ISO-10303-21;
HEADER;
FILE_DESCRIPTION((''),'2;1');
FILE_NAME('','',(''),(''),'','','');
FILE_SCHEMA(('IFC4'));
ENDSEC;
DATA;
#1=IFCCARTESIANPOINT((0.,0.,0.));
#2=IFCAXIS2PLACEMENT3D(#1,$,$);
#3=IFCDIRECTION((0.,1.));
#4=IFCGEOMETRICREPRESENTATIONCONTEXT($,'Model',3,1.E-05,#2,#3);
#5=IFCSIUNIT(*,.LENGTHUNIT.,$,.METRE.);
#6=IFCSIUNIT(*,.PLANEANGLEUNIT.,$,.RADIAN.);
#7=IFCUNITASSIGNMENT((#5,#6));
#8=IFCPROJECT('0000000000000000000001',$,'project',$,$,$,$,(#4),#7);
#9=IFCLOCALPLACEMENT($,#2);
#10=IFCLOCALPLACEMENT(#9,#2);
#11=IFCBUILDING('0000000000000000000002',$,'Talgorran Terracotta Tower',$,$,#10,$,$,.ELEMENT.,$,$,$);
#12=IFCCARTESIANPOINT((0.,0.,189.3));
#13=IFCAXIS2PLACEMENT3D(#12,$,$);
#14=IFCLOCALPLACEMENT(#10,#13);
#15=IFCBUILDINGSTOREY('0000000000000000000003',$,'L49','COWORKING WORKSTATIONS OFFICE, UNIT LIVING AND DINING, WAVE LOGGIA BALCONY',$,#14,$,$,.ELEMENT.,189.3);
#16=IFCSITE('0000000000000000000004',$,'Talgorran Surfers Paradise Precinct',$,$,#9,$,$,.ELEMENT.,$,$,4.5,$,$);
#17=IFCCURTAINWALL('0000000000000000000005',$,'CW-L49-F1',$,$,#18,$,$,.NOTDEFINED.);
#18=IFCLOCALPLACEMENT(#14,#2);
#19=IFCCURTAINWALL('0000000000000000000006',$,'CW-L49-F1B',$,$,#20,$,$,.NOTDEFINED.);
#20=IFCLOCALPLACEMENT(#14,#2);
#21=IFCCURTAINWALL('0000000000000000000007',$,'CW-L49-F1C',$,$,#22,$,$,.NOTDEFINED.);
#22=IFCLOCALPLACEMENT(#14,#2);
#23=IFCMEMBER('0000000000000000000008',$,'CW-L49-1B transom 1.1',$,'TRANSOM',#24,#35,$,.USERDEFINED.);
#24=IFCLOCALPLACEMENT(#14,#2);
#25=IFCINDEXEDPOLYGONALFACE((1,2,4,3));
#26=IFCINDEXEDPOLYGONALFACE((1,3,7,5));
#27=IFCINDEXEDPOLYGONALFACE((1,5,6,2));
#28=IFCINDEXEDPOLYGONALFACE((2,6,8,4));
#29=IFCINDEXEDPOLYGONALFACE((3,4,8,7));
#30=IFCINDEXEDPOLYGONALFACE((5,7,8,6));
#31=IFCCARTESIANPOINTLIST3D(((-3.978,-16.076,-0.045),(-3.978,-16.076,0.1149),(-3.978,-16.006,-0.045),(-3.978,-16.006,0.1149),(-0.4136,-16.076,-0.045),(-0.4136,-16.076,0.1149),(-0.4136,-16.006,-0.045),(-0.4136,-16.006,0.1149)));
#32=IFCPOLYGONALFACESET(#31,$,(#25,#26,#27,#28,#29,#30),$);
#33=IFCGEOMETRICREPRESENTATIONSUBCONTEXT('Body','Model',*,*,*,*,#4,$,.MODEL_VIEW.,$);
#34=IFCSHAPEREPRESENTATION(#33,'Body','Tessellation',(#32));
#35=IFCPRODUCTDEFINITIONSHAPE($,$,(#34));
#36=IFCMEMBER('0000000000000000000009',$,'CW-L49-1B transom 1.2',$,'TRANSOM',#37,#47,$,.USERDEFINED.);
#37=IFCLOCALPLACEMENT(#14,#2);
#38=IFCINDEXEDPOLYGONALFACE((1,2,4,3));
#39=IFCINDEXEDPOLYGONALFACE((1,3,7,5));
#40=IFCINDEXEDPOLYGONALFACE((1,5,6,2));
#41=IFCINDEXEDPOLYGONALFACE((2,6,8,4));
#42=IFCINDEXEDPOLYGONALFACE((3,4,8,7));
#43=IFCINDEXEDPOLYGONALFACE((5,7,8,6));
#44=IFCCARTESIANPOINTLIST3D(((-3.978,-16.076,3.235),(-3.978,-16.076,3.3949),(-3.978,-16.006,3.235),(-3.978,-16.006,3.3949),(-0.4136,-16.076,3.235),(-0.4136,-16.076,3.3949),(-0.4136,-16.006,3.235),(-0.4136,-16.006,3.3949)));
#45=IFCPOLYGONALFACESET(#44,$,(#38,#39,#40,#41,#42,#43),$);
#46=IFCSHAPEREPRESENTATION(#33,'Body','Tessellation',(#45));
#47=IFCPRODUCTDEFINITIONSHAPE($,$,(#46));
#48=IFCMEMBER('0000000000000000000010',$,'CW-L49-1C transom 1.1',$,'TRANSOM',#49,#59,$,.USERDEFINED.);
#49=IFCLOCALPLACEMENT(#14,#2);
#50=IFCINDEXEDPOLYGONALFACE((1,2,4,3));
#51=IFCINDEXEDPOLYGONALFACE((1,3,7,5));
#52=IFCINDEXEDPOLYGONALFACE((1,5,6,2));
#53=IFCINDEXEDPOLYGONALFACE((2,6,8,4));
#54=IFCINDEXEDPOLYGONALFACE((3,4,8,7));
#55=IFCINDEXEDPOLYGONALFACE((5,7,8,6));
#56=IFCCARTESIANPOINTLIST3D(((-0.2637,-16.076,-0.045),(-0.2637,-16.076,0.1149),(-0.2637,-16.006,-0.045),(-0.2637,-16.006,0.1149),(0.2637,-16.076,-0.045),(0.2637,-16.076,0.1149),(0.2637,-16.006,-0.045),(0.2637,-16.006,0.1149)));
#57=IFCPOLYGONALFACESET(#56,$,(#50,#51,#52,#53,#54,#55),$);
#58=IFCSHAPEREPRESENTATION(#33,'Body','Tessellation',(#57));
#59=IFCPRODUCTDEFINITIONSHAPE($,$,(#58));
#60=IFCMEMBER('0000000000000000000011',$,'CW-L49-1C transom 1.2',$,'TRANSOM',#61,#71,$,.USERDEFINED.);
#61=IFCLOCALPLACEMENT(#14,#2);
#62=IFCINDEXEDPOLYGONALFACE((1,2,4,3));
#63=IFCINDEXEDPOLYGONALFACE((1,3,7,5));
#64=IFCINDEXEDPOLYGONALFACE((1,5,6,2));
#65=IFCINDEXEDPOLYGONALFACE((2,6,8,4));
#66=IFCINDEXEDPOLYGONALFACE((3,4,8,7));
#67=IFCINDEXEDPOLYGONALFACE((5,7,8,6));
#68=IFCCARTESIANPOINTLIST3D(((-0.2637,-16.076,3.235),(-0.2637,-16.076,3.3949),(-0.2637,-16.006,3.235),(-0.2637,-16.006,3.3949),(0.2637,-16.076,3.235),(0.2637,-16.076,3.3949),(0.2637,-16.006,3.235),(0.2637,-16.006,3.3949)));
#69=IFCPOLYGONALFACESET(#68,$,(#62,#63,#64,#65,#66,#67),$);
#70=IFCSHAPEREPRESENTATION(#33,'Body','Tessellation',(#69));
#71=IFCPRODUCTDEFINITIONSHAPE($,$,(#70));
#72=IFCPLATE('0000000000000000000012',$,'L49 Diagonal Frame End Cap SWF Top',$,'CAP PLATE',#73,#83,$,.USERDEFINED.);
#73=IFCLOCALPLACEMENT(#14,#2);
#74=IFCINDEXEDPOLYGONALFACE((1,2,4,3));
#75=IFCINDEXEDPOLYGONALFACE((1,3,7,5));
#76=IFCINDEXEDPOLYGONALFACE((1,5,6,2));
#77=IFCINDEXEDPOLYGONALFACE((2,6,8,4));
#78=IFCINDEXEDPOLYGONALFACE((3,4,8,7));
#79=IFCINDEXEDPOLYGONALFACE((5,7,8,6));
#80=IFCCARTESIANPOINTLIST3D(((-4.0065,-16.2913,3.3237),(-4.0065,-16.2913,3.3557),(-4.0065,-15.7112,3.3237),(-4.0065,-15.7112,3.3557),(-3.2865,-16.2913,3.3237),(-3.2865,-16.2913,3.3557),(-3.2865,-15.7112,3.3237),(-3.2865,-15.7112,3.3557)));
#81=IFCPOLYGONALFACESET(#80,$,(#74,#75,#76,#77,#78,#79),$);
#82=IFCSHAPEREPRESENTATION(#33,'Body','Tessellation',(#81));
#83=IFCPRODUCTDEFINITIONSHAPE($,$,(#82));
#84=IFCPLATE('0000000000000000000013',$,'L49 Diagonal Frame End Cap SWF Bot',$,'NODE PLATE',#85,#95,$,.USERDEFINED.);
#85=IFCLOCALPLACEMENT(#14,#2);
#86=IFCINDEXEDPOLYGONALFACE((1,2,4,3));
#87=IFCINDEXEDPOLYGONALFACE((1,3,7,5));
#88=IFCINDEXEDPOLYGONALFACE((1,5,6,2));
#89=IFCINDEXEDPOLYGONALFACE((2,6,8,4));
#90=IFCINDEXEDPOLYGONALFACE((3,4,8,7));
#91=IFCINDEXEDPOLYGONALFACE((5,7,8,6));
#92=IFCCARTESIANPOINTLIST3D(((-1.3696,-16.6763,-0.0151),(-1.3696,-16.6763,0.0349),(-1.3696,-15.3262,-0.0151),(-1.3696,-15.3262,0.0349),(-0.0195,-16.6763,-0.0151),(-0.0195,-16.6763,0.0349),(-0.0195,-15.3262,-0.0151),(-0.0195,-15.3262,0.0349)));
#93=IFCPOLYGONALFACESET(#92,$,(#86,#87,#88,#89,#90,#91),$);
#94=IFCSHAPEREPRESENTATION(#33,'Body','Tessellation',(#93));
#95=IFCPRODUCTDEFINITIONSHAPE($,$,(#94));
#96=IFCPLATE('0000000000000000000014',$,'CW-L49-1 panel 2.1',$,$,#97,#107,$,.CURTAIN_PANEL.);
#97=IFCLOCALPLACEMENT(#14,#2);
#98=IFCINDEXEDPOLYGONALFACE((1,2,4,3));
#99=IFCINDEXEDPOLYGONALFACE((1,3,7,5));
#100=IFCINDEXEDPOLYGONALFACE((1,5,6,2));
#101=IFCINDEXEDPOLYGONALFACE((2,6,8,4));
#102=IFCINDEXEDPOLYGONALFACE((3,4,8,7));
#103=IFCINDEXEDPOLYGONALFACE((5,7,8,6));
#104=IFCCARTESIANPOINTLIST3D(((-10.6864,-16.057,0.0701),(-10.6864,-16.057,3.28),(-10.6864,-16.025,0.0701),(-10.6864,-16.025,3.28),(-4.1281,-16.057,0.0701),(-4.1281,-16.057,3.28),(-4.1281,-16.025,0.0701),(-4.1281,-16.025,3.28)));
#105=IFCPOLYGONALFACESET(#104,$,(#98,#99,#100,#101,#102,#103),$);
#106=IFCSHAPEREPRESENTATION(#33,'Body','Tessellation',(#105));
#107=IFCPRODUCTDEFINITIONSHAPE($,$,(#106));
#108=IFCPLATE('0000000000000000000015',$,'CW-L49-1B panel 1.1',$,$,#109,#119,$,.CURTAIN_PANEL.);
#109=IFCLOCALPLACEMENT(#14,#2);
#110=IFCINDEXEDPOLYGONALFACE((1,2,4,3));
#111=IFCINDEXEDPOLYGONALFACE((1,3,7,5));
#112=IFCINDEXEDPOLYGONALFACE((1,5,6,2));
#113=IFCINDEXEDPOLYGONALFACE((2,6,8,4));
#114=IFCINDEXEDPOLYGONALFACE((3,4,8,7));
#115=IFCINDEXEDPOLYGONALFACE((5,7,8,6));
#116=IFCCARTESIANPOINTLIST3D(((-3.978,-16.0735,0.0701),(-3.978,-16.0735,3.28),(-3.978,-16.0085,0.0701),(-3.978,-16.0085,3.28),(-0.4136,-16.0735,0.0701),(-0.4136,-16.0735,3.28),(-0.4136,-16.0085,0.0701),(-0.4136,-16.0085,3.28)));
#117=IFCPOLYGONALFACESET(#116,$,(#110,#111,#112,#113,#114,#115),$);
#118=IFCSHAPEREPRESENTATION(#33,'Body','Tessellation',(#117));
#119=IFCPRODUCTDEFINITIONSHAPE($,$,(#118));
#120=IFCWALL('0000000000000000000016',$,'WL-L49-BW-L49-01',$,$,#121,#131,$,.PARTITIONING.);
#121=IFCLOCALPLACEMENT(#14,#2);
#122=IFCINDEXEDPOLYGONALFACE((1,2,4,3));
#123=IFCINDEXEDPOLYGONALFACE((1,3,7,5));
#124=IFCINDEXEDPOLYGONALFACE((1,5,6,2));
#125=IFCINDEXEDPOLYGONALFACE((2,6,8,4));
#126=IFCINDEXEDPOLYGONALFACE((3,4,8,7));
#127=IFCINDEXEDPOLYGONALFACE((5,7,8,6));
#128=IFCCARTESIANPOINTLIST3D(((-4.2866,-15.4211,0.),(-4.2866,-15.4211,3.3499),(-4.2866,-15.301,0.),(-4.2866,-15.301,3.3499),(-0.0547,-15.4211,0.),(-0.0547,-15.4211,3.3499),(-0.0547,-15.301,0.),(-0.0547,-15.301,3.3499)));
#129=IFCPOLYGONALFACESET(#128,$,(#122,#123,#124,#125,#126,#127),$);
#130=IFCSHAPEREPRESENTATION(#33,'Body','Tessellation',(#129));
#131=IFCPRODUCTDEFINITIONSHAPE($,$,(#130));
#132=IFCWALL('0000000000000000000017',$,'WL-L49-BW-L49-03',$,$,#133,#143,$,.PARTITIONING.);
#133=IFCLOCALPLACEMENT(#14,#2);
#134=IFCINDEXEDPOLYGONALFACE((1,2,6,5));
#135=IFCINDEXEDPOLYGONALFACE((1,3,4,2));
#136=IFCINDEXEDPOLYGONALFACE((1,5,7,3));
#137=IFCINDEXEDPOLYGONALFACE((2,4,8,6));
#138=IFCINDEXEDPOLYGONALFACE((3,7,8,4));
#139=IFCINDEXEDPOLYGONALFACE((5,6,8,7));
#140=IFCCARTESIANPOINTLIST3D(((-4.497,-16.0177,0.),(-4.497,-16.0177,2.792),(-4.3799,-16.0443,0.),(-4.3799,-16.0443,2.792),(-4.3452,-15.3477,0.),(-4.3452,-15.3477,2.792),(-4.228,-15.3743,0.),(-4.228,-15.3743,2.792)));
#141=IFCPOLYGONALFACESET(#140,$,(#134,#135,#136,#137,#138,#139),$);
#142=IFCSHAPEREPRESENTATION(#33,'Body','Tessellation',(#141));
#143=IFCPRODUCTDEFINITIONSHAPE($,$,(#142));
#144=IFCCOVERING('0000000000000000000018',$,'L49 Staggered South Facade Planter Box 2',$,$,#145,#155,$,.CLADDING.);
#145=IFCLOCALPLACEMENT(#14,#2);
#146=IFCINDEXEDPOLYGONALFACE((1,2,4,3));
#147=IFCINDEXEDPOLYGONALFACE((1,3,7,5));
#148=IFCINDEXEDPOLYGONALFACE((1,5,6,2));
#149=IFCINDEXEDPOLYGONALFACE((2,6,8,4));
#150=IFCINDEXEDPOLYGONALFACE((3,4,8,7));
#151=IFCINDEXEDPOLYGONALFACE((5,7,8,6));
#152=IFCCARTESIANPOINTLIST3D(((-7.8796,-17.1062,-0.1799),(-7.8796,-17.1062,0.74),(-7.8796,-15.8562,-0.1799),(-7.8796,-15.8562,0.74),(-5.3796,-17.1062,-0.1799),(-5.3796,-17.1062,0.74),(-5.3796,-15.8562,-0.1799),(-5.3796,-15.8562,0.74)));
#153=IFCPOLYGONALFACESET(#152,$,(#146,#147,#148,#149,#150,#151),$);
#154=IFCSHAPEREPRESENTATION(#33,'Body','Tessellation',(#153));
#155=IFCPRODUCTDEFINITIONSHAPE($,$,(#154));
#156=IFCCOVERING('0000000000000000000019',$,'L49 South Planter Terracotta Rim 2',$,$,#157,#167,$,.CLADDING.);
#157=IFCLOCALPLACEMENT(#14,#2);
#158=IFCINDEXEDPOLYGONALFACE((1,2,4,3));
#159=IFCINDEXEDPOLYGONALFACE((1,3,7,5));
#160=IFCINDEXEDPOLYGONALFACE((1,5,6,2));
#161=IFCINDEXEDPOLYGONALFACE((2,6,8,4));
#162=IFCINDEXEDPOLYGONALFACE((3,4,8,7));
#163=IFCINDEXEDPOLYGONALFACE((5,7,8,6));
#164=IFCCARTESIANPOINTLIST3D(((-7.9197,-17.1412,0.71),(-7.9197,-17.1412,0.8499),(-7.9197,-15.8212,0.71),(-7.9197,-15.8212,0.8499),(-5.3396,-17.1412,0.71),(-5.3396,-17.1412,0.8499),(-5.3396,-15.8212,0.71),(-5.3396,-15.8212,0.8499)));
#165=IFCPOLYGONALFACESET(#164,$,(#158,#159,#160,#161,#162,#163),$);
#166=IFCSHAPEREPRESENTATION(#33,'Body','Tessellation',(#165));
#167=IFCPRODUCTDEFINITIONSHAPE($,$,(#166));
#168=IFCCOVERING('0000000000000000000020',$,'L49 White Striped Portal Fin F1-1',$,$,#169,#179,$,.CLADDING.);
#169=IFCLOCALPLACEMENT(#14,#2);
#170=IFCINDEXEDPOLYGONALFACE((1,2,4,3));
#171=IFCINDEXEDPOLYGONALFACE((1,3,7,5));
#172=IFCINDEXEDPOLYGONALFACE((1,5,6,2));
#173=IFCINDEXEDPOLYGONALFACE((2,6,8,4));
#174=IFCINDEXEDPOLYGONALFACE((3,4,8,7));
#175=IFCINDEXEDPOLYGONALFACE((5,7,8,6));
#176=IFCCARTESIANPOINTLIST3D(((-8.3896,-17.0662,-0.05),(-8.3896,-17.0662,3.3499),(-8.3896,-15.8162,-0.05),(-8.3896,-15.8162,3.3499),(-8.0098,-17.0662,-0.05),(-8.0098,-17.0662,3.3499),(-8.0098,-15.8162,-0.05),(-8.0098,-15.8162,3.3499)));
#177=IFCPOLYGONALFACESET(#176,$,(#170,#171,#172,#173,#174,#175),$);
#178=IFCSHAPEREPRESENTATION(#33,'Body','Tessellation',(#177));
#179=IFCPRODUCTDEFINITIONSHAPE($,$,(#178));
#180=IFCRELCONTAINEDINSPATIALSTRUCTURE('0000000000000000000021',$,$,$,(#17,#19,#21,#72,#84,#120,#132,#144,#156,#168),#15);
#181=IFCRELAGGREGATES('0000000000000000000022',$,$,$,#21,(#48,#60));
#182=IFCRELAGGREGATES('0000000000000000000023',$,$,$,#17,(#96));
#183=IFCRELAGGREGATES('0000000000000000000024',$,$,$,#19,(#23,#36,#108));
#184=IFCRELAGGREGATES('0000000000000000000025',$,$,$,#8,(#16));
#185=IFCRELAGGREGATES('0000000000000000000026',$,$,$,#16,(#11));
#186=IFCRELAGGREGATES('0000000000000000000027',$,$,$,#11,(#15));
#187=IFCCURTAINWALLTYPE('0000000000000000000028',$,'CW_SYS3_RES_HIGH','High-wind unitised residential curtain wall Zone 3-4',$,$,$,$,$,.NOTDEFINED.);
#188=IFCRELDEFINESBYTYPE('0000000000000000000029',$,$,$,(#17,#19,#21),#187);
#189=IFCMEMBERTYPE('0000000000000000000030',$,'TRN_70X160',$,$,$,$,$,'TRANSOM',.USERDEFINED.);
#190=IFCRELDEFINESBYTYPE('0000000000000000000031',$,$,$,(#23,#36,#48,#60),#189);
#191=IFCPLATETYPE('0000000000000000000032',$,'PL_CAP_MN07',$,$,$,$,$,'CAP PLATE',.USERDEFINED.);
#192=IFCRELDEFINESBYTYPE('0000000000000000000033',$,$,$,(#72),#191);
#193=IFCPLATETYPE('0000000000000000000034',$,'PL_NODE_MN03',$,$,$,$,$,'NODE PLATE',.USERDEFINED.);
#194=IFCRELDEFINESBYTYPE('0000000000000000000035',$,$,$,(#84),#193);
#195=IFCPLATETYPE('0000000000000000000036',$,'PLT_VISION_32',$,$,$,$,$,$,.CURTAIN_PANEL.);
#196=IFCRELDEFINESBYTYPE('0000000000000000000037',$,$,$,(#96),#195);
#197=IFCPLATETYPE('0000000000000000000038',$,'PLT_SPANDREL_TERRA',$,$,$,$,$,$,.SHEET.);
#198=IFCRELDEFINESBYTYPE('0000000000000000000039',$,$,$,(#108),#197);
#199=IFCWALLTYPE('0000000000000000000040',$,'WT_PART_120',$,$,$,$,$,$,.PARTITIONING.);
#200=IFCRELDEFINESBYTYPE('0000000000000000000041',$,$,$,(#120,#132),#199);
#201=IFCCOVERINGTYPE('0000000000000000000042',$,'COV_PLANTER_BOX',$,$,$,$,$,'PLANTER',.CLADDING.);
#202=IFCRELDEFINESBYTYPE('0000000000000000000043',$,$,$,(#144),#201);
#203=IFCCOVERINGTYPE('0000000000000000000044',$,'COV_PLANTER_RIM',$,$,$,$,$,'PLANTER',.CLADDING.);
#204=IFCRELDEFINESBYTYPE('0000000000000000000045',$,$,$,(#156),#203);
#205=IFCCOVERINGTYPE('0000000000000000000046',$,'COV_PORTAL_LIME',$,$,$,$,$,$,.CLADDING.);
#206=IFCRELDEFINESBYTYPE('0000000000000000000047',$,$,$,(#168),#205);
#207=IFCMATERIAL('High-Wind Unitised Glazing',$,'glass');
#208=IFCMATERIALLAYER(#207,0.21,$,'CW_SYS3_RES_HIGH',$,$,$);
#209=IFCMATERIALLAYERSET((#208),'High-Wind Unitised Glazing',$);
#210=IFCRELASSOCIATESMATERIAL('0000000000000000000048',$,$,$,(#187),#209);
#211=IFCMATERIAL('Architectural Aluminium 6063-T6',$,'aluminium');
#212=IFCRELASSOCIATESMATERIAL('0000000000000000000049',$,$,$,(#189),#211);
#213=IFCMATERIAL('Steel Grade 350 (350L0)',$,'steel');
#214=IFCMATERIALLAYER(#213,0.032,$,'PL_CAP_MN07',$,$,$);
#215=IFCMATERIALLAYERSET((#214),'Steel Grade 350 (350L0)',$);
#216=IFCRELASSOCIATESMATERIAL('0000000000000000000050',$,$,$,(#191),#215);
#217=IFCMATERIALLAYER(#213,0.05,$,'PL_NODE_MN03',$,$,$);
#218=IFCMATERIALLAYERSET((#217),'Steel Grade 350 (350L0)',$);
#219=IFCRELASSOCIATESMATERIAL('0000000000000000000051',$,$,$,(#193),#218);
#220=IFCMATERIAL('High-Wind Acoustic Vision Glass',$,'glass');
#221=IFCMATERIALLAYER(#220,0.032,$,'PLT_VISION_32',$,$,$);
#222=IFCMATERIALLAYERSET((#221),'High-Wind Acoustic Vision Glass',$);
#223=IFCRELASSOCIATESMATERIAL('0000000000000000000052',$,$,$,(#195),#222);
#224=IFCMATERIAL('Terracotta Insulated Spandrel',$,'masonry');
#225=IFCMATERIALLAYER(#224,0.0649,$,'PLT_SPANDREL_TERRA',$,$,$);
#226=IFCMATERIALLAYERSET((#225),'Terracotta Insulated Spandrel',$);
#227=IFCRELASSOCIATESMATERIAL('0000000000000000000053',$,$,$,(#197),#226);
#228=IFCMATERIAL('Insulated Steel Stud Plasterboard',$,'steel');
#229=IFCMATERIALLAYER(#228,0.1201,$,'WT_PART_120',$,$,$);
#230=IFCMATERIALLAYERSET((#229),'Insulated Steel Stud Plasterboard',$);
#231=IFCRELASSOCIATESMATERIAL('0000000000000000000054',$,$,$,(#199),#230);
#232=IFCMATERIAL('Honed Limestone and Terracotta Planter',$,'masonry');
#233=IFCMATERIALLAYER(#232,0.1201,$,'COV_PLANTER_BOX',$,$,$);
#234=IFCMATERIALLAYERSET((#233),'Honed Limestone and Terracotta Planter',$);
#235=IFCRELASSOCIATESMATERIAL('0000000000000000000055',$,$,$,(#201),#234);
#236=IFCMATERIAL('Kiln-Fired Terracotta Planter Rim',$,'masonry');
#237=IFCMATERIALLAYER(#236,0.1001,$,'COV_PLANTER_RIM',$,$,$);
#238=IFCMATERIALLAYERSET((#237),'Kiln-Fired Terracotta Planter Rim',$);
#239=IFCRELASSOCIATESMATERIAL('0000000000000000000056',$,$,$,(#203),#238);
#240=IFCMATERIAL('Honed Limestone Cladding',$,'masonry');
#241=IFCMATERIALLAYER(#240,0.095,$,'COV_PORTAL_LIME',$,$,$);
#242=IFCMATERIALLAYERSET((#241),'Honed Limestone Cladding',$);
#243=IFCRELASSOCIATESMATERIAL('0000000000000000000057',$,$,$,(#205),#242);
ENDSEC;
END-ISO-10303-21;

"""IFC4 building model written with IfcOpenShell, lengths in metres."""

from ifc_helpers import new_model, si_unit, direction, frame, frame_2d, origin, origin_2d, place, context, subcontext, project, spatial, rectangle, extrude, source, transform, mapped, material, layer, layer_set, material_profile, profile_set, type_object, type_shapes, element, aggregate, save


model = new_model("IFC4")

# Units and contexts
model_context = context("Model", 3, precision=1e-05, world=origin(), true_north=direction((0.0, 1.0)))
body_context = subcontext(model_context, "Body", "Model", "MODEL_VIEW")
ifc_project = project(units=[si_unit("LENGTHUNIT", "METRE"), si_unit("PLANEANGLEUNIT", "RADIAN")], contexts=[model_context])

# Site, building, storey
site_placement = place(None, origin())
site = spatial("IfcSite", under=ifc_project, at=site_placement, Name="Talgorran Surfers Paradise Precinct", CompositionType="ELEMENT", RefElevation=4.5)
building_placement = place(site_placement, origin())
building = spatial("IfcBuilding", under=site, at=building_placement, Name="Talgorran Terracotta Tower", CompositionType="ELEMENT")
storey_placement = place(building_placement, frame((0.0, 0.0, 189.3)))
storey = spatial("IfcBuildingStorey", under=building, at=storey_placement, Name="L49", Description="COWORKING WORKSTATIONS OFFICE, UNIT LIVING AND DINING, WAVE LOGGIA BALCONY", CompositionType="ELEMENT", Elevation=189.3)

# Shared definitions
ifc_material_1 = material(Name="Steel Grade 350 (350L0)", Category="steel")

# Curtain wall
ifc_material_2 = material(Name="High-Wind Unitised Glazing", Category="glass")
ifc_layer_1 = layer(ifc_material_2, 0.21, Name="CW_SYS3_RES_HIGH")
ifc_layer_set_1 = layer_set([ifc_layer_1], Name="High-Wind Unitised Glazing")
curtain_wall_type = type_object("IfcCurtainWallType", Name="CW_SYS3_RES_HIGH", Description="High-wind unitised residential curtain wall Zone 3-4", PredefinedType="NOTDEFINED", material=ifc_layer_set_1)
curtain_wall_1_placement = place(storey_placement, origin())
curtain_wall_1 = element("IfcCurtainWall", 1, at=curtain_wall_1_placement, inside=storey, type_object=curtain_wall_type, Name="CW-L49-F1", PredefinedType="NOTDEFINED")
ifc_material_3 = material(Name="Architectural Aluminium 6063-T6", Category="aluminium")

# Curtain wall
curtain_wall_2_placement = place(storey_placement, origin())
curtain_wall_2 = element("IfcCurtainWall", 2, at=curtain_wall_2_placement, inside=storey, type_object=curtain_wall_type, Name="CW-L49-F1B", PredefinedType="NOTDEFINED")

# Curtain wall
curtain_wall_3_placement = place(storey_placement, origin())
curtain_wall_3 = element("IfcCurtainWall", 3, at=curtain_wall_3_placement, inside=storey, type_object=curtain_wall_type, Name="CW-L49-F1C", PredefinedType="NOTDEFINED")

# Members
ifc_material_profile_1 = material_profile(ifc_material_3, rectangle(XDim=0.0701, YDim=0.1599, at=origin_2d()), Name="CWT70X160")
ifc_profile_set_1 = profile_set([ifc_material_profile_1], Name="Architectural Aluminium 6063-T6")
member_type_1 = type_object("IfcMemberType", Name="TRN_70X160", ElementType="TRANSOM", PredefinedType="USERDEFINED", material=ifc_profile_set_1)
member_1_placement = place(storey_placement, frame((-3.978, -16.041, 0.0349), z_axis=(1.0, 0.0, 0.0), x_axis=(0.0, 1.0, 0.0)))
member_1 = element("IfcMember", 4, at=member_1_placement, type_object=member_type_1, Name="CW-L49-1B transom 1.1", ObjectType="TRANSOM", PredefinedType="USERDEFINED", context=body_context, shape_type="SweptSolid", body=[
    extrude(rectangle(XDim=0.0701, YDim=0.1599, at=origin_2d()), origin(), (0.0, 0.0, 1.0), 3.5645),
])
member_2_placement = place(storey_placement, frame((-3.978, -16.041, 3.3149), z_axis=(1.0, 0.0, 0.0), x_axis=(0.0, 1.0, 0.0)))
member_2 = element("IfcMember", 5, at=member_2_placement, type_object=member_type_1, Name="CW-L49-1B transom 1.2", ObjectType="TRANSOM", PredefinedType="USERDEFINED", context=body_context, shape_type="SweptSolid", body=[
    extrude(rectangle(XDim=0.0701, YDim=0.1599, at=origin_2d()), origin(), (0.0, 0.0, 1.0), 3.5645),
])
member_3_placement = place(storey_placement, frame((-0.2637, -16.041, 0.0349), z_axis=(1.0, 0.0, 0.0), x_axis=(0.0, 1.0, 0.0)))
member_3 = element("IfcMember", 6, at=member_3_placement, type_object=member_type_1, Name="CW-L49-1C transom 1.1", ObjectType="TRANSOM", PredefinedType="USERDEFINED", context=body_context, shape_type="SweptSolid", body=[
    extrude(rectangle(XDim=0.0701, YDim=0.1599, at=origin_2d()), origin(), (0.0, 0.0, 1.0), 0.5273),
])
member_4_placement = place(storey_placement, frame((-0.2637, -16.041, 3.3149), z_axis=(1.0, 0.0, 0.0), x_axis=(0.0, 1.0, 0.0)))
member_4 = element("IfcMember", 7, at=member_4_placement, type_object=member_type_1, Name="CW-L49-1C transom 1.2", ObjectType="TRANSOM", PredefinedType="USERDEFINED", context=body_context, shape_type="SweptSolid", body=[
    extrude(rectangle(XDim=0.0701, YDim=0.1599, at=origin_2d()), origin(), (0.0, 0.0, 1.0), 0.5273),
])
aggregate(curtain_wall_3, [member_3, member_4])

# Plates
ifc_layer_2 = layer(ifc_material_1, 0.032, Name="PL_CAP_MN07")
ifc_layer_set_2 = layer_set([ifc_layer_2], Name="Steel Grade 350 (350L0)")
plate_type_1 = type_object("IfcPlateType", Name="PL_CAP_MN07", ElementType="CAP PLATE", PredefinedType="USERDEFINED", material=ifc_layer_set_2)
plate_1_placement = place(storey_placement, frame((-3.6465, -16.0012, 3.3237), z_axis=(0.0, 0.0, 1.0), x_axis=(-1.0, 0.0, 0.0)))
element("IfcPlate", 8, at=plate_1_placement, inside=storey, type_object=plate_type_1, Name="L49 Diagonal Frame End Cap SWF Top", ObjectType="CAP PLATE", PredefinedType="USERDEFINED", context=body_context, shape_type="SweptSolid", body=[
    extrude(rectangle(XDim=0.72, YDim=0.5801, at=origin_2d()), origin(), (0.0, 0.0, 1.0), 0.032),
])
ifc_layer_3 = layer(ifc_material_1, 0.05, Name="PL_NODE_MN03")
ifc_layer_set_3 = layer_set([ifc_layer_3], Name="Steel Grade 350 (350L0)")
plate_type_2 = type_object("IfcPlateType", Name="PL_NODE_MN03", ElementType="NODE PLATE", PredefinedType="USERDEFINED", material=ifc_layer_set_3)
plate_2_placement = place(storey_placement, frame((-0.6946, -16.0012, -0.0151), z_axis=(0.0, 0.0, 1.0), x_axis=(-1.0, 0.0, 0.0)))
element("IfcPlate", 9, at=plate_2_placement, inside=storey, type_object=plate_type_2, Name="L49 Diagonal Frame End Cap SWF Bot", ObjectType="NODE PLATE", PredefinedType="USERDEFINED", context=body_context, shape_type="SweptSolid", body=[
    extrude(rectangle(XDim=1.3501, YDim=1.3501, at=origin_2d()), origin(), (0.0, 0.0, 1.0), 0.05),
])

# Plates
ifc_material_4 = material(Name="High-Wind Acoustic Vision Glass", Category="glass")
ifc_layer_4 = layer(ifc_material_4, 0.032, Name="PLT_VISION_32")
ifc_layer_set_4 = layer_set([ifc_layer_4], Name="High-Wind Acoustic Vision Glass")
plate_type_3 = type_object("IfcPlateType", Name="PLT_VISION_32", PredefinedType="CURTAIN_PANEL", material=ifc_layer_set_4)
shared_shape_1 = source(origin(), body_context, "Body", "SweptSolid", [
    extrude(rectangle(XDim=6.5583, YDim=0.032, at=origin_2d()), origin(), (0.0, 0.0, 1.0), 3.21),
])
type_shapes(plate_type_3, [shared_shape_1])
plate_3_placement = place(storey_placement, frame((-7.4072, -16.041, 0.0701), z_axis=(0.0, 0.0, 1.0), x_axis=(1.0, 0.0, 0.0)))
plate_3 = element("IfcPlate", 10, at=plate_3_placement, type_object=plate_type_3, Name="CW-L49-1 panel 2.1", PredefinedType="CURTAIN_PANEL", context=body_context, shape_type="MappedRepresentation", body=[
    mapped(shared_shape_1, transform((0.0, 0.0, 0.0), scale=1.0)),
])
aggregate(curtain_wall_1, [plate_3])
ifc_material_5 = material(Name="Terracotta Insulated Spandrel", Category="masonry")
ifc_layer_5 = layer(ifc_material_5, 0.0649, Name="PLT_SPANDREL_TERRA")
ifc_layer_set_5 = layer_set([ifc_layer_5], Name="Terracotta Insulated Spandrel")
plate_type_4 = type_object("IfcPlateType", Name="PLT_SPANDREL_TERRA", PredefinedType="SHEET", material=ifc_layer_set_5)
shared_shape_2 = source(origin(), body_context, "Body", "SweptSolid", [
    extrude(rectangle(XDim=3.5645, YDim=0.0649, at=origin_2d()), origin(), (0.0, 0.0, 1.0), 3.21),
])
type_shapes(plate_type_4, [shared_shape_2])
plate_4_placement = place(storey_placement, frame((-2.1958, -16.041, 0.0701), z_axis=(0.0, 0.0, 1.0), x_axis=(1.0, 0.0, 0.0)))
plate_4 = element("IfcPlate", 11, at=plate_4_placement, type_object=plate_type_4, Name="CW-L49-1B panel 1.1", PredefinedType="CURTAIN_PANEL", context=body_context, shape_type="MappedRepresentation", body=[
    mapped(shared_shape_2, transform((0.0, 0.0, 0.0), scale=1.0)),
])
aggregate(curtain_wall_2, [member_1, member_2, plate_4])

# Walls
ifc_material_6 = material(Name="Insulated Steel Stud Plasterboard", Category="steel")
ifc_layer_6 = layer(ifc_material_6, 0.1201, Name="WT_PART_120")
ifc_layer_set_6 = layer_set([ifc_layer_6], Name="Insulated Steel Stud Plasterboard")
wall_type = type_object("IfcWallType", Name="WT_PART_120", PredefinedType="PARTITIONING", material=ifc_layer_set_6)
wall_1_placement = place(storey_placement, frame((-4.2866, -15.3611, 0.0), z_axis=(0.0, 0.0, 1.0), x_axis=(1.0, 0.0, 0.0)))
element("IfcWall", 12, at=wall_1_placement, inside=storey, type_object=wall_type, Name="WL-L49-BW-L49-01", PredefinedType="PARTITIONING", context=body_context, shape_type="SweptSolid", body=[
    extrude(rectangle(XDim=4.2319, YDim=0.1201, at=frame_2d((2.116, 0.0))), origin(), (0.0, 0.0, 1.0), 3.3499),
])
wall_2_placement = place(storey_placement, frame((-4.4385, -16.031, 0.0), z_axis=(0.0, 0.0, 1.0), x_axis=(0.221068, 0.975258, 0.0)))
element("IfcWall", 13, at=wall_2_placement, inside=storey, type_object=wall_type, Name="WL-L49-BW-L49-03", PredefinedType="PARTITIONING", context=body_context, shape_type="SweptSolid", body=[
    extrude(rectangle(XDim=0.687, YDim=0.1201, at=frame_2d((0.3435, 0.0))), origin(), (0.0, 0.0, 1.0), 2.792),
])

# Coverings
ifc_material_7 = material(Name="Honed Limestone and Terracotta Planter", Category="masonry")
ifc_layer_7 = layer(ifc_material_7, 0.1201, Name="COV_PLANTER_BOX")
ifc_layer_set_7 = layer_set([ifc_layer_7], Name="Honed Limestone and Terracotta Planter")
covering_type_1 = type_object("IfcCoveringType", Name="COV_PLANTER_BOX", ElementType="PLANTER", PredefinedType="CLADDING", material=ifc_layer_set_7)
covering_1_placement = place(storey_placement, frame((-6.6296, -16.4812, -0.1799), z_axis=(0.0, 0.0, 1.0), x_axis=(1.0, 0.0, 0.0)))
element("IfcCovering", 14, at=covering_1_placement, inside=storey, type_object=covering_type_1, Name="L49 Staggered South Facade Planter Box 2", PredefinedType="CLADDING", context=body_context, shape_type="SweptSolid", body=[
    extrude(rectangle(XDim=2.5, YDim=1.25, at=origin_2d()), origin(), (0.0, 0.0, 1.0), 0.9199),
])
ifc_material_8 = material(Name="Kiln-Fired Terracotta Planter Rim", Category="masonry")
ifc_layer_8 = layer(ifc_material_8, 0.1001, Name="COV_PLANTER_RIM")
ifc_layer_set_8 = layer_set([ifc_layer_8], Name="Kiln-Fired Terracotta Planter Rim")
covering_type_2 = type_object("IfcCoveringType", Name="COV_PLANTER_RIM", ElementType="PLANTER", PredefinedType="CLADDING", material=ifc_layer_set_8)
covering_2_placement = place(storey_placement, frame((-6.6296, -16.4812, 0.71), z_axis=(0.0, 0.0, 1.0), x_axis=(1.0, 0.0, 0.0)))
element("IfcCovering", 15, at=covering_2_placement, inside=storey, type_object=covering_type_2, Name="L49 South Planter Terracotta Rim 2", PredefinedType="CLADDING", context=body_context, shape_type="SweptSolid", body=[
    extrude(rectangle(XDim=2.5801, YDim=1.3201, at=origin_2d()), origin(), (0.0, 0.0, 1.0), 0.1399),
])
ifc_material_9 = material(Name="Honed Limestone Cladding", Category="masonry")
ifc_layer_9 = layer(ifc_material_9, 0.095, Name="COV_PORTAL_LIME")
ifc_layer_set_9 = layer_set([ifc_layer_9], Name="Honed Limestone Cladding")
covering_type_3 = type_object("IfcCoveringType", Name="COV_PORTAL_LIME", PredefinedType="CLADDING", material=ifc_layer_set_9)
covering_3_placement = place(storey_placement, frame((-8.1997, -16.4412, -0.05), z_axis=(0.0, 0.0, 1.0), x_axis=(1.0, 0.0, 0.0)))
element("IfcCovering", 16, at=covering_3_placement, inside=storey, type_object=covering_type_3, Name="L49 White Striped Portal Fin F1-1", PredefinedType="CLADDING", context=body_context, shape_type="SweptSolid", body=[
    extrude(rectangle(XDim=0.3799, YDim=1.25, at=origin_2d()), origin(), (0.0, 0.0, 1.0), 3.3999),
])

save(model, "model.ifc")
